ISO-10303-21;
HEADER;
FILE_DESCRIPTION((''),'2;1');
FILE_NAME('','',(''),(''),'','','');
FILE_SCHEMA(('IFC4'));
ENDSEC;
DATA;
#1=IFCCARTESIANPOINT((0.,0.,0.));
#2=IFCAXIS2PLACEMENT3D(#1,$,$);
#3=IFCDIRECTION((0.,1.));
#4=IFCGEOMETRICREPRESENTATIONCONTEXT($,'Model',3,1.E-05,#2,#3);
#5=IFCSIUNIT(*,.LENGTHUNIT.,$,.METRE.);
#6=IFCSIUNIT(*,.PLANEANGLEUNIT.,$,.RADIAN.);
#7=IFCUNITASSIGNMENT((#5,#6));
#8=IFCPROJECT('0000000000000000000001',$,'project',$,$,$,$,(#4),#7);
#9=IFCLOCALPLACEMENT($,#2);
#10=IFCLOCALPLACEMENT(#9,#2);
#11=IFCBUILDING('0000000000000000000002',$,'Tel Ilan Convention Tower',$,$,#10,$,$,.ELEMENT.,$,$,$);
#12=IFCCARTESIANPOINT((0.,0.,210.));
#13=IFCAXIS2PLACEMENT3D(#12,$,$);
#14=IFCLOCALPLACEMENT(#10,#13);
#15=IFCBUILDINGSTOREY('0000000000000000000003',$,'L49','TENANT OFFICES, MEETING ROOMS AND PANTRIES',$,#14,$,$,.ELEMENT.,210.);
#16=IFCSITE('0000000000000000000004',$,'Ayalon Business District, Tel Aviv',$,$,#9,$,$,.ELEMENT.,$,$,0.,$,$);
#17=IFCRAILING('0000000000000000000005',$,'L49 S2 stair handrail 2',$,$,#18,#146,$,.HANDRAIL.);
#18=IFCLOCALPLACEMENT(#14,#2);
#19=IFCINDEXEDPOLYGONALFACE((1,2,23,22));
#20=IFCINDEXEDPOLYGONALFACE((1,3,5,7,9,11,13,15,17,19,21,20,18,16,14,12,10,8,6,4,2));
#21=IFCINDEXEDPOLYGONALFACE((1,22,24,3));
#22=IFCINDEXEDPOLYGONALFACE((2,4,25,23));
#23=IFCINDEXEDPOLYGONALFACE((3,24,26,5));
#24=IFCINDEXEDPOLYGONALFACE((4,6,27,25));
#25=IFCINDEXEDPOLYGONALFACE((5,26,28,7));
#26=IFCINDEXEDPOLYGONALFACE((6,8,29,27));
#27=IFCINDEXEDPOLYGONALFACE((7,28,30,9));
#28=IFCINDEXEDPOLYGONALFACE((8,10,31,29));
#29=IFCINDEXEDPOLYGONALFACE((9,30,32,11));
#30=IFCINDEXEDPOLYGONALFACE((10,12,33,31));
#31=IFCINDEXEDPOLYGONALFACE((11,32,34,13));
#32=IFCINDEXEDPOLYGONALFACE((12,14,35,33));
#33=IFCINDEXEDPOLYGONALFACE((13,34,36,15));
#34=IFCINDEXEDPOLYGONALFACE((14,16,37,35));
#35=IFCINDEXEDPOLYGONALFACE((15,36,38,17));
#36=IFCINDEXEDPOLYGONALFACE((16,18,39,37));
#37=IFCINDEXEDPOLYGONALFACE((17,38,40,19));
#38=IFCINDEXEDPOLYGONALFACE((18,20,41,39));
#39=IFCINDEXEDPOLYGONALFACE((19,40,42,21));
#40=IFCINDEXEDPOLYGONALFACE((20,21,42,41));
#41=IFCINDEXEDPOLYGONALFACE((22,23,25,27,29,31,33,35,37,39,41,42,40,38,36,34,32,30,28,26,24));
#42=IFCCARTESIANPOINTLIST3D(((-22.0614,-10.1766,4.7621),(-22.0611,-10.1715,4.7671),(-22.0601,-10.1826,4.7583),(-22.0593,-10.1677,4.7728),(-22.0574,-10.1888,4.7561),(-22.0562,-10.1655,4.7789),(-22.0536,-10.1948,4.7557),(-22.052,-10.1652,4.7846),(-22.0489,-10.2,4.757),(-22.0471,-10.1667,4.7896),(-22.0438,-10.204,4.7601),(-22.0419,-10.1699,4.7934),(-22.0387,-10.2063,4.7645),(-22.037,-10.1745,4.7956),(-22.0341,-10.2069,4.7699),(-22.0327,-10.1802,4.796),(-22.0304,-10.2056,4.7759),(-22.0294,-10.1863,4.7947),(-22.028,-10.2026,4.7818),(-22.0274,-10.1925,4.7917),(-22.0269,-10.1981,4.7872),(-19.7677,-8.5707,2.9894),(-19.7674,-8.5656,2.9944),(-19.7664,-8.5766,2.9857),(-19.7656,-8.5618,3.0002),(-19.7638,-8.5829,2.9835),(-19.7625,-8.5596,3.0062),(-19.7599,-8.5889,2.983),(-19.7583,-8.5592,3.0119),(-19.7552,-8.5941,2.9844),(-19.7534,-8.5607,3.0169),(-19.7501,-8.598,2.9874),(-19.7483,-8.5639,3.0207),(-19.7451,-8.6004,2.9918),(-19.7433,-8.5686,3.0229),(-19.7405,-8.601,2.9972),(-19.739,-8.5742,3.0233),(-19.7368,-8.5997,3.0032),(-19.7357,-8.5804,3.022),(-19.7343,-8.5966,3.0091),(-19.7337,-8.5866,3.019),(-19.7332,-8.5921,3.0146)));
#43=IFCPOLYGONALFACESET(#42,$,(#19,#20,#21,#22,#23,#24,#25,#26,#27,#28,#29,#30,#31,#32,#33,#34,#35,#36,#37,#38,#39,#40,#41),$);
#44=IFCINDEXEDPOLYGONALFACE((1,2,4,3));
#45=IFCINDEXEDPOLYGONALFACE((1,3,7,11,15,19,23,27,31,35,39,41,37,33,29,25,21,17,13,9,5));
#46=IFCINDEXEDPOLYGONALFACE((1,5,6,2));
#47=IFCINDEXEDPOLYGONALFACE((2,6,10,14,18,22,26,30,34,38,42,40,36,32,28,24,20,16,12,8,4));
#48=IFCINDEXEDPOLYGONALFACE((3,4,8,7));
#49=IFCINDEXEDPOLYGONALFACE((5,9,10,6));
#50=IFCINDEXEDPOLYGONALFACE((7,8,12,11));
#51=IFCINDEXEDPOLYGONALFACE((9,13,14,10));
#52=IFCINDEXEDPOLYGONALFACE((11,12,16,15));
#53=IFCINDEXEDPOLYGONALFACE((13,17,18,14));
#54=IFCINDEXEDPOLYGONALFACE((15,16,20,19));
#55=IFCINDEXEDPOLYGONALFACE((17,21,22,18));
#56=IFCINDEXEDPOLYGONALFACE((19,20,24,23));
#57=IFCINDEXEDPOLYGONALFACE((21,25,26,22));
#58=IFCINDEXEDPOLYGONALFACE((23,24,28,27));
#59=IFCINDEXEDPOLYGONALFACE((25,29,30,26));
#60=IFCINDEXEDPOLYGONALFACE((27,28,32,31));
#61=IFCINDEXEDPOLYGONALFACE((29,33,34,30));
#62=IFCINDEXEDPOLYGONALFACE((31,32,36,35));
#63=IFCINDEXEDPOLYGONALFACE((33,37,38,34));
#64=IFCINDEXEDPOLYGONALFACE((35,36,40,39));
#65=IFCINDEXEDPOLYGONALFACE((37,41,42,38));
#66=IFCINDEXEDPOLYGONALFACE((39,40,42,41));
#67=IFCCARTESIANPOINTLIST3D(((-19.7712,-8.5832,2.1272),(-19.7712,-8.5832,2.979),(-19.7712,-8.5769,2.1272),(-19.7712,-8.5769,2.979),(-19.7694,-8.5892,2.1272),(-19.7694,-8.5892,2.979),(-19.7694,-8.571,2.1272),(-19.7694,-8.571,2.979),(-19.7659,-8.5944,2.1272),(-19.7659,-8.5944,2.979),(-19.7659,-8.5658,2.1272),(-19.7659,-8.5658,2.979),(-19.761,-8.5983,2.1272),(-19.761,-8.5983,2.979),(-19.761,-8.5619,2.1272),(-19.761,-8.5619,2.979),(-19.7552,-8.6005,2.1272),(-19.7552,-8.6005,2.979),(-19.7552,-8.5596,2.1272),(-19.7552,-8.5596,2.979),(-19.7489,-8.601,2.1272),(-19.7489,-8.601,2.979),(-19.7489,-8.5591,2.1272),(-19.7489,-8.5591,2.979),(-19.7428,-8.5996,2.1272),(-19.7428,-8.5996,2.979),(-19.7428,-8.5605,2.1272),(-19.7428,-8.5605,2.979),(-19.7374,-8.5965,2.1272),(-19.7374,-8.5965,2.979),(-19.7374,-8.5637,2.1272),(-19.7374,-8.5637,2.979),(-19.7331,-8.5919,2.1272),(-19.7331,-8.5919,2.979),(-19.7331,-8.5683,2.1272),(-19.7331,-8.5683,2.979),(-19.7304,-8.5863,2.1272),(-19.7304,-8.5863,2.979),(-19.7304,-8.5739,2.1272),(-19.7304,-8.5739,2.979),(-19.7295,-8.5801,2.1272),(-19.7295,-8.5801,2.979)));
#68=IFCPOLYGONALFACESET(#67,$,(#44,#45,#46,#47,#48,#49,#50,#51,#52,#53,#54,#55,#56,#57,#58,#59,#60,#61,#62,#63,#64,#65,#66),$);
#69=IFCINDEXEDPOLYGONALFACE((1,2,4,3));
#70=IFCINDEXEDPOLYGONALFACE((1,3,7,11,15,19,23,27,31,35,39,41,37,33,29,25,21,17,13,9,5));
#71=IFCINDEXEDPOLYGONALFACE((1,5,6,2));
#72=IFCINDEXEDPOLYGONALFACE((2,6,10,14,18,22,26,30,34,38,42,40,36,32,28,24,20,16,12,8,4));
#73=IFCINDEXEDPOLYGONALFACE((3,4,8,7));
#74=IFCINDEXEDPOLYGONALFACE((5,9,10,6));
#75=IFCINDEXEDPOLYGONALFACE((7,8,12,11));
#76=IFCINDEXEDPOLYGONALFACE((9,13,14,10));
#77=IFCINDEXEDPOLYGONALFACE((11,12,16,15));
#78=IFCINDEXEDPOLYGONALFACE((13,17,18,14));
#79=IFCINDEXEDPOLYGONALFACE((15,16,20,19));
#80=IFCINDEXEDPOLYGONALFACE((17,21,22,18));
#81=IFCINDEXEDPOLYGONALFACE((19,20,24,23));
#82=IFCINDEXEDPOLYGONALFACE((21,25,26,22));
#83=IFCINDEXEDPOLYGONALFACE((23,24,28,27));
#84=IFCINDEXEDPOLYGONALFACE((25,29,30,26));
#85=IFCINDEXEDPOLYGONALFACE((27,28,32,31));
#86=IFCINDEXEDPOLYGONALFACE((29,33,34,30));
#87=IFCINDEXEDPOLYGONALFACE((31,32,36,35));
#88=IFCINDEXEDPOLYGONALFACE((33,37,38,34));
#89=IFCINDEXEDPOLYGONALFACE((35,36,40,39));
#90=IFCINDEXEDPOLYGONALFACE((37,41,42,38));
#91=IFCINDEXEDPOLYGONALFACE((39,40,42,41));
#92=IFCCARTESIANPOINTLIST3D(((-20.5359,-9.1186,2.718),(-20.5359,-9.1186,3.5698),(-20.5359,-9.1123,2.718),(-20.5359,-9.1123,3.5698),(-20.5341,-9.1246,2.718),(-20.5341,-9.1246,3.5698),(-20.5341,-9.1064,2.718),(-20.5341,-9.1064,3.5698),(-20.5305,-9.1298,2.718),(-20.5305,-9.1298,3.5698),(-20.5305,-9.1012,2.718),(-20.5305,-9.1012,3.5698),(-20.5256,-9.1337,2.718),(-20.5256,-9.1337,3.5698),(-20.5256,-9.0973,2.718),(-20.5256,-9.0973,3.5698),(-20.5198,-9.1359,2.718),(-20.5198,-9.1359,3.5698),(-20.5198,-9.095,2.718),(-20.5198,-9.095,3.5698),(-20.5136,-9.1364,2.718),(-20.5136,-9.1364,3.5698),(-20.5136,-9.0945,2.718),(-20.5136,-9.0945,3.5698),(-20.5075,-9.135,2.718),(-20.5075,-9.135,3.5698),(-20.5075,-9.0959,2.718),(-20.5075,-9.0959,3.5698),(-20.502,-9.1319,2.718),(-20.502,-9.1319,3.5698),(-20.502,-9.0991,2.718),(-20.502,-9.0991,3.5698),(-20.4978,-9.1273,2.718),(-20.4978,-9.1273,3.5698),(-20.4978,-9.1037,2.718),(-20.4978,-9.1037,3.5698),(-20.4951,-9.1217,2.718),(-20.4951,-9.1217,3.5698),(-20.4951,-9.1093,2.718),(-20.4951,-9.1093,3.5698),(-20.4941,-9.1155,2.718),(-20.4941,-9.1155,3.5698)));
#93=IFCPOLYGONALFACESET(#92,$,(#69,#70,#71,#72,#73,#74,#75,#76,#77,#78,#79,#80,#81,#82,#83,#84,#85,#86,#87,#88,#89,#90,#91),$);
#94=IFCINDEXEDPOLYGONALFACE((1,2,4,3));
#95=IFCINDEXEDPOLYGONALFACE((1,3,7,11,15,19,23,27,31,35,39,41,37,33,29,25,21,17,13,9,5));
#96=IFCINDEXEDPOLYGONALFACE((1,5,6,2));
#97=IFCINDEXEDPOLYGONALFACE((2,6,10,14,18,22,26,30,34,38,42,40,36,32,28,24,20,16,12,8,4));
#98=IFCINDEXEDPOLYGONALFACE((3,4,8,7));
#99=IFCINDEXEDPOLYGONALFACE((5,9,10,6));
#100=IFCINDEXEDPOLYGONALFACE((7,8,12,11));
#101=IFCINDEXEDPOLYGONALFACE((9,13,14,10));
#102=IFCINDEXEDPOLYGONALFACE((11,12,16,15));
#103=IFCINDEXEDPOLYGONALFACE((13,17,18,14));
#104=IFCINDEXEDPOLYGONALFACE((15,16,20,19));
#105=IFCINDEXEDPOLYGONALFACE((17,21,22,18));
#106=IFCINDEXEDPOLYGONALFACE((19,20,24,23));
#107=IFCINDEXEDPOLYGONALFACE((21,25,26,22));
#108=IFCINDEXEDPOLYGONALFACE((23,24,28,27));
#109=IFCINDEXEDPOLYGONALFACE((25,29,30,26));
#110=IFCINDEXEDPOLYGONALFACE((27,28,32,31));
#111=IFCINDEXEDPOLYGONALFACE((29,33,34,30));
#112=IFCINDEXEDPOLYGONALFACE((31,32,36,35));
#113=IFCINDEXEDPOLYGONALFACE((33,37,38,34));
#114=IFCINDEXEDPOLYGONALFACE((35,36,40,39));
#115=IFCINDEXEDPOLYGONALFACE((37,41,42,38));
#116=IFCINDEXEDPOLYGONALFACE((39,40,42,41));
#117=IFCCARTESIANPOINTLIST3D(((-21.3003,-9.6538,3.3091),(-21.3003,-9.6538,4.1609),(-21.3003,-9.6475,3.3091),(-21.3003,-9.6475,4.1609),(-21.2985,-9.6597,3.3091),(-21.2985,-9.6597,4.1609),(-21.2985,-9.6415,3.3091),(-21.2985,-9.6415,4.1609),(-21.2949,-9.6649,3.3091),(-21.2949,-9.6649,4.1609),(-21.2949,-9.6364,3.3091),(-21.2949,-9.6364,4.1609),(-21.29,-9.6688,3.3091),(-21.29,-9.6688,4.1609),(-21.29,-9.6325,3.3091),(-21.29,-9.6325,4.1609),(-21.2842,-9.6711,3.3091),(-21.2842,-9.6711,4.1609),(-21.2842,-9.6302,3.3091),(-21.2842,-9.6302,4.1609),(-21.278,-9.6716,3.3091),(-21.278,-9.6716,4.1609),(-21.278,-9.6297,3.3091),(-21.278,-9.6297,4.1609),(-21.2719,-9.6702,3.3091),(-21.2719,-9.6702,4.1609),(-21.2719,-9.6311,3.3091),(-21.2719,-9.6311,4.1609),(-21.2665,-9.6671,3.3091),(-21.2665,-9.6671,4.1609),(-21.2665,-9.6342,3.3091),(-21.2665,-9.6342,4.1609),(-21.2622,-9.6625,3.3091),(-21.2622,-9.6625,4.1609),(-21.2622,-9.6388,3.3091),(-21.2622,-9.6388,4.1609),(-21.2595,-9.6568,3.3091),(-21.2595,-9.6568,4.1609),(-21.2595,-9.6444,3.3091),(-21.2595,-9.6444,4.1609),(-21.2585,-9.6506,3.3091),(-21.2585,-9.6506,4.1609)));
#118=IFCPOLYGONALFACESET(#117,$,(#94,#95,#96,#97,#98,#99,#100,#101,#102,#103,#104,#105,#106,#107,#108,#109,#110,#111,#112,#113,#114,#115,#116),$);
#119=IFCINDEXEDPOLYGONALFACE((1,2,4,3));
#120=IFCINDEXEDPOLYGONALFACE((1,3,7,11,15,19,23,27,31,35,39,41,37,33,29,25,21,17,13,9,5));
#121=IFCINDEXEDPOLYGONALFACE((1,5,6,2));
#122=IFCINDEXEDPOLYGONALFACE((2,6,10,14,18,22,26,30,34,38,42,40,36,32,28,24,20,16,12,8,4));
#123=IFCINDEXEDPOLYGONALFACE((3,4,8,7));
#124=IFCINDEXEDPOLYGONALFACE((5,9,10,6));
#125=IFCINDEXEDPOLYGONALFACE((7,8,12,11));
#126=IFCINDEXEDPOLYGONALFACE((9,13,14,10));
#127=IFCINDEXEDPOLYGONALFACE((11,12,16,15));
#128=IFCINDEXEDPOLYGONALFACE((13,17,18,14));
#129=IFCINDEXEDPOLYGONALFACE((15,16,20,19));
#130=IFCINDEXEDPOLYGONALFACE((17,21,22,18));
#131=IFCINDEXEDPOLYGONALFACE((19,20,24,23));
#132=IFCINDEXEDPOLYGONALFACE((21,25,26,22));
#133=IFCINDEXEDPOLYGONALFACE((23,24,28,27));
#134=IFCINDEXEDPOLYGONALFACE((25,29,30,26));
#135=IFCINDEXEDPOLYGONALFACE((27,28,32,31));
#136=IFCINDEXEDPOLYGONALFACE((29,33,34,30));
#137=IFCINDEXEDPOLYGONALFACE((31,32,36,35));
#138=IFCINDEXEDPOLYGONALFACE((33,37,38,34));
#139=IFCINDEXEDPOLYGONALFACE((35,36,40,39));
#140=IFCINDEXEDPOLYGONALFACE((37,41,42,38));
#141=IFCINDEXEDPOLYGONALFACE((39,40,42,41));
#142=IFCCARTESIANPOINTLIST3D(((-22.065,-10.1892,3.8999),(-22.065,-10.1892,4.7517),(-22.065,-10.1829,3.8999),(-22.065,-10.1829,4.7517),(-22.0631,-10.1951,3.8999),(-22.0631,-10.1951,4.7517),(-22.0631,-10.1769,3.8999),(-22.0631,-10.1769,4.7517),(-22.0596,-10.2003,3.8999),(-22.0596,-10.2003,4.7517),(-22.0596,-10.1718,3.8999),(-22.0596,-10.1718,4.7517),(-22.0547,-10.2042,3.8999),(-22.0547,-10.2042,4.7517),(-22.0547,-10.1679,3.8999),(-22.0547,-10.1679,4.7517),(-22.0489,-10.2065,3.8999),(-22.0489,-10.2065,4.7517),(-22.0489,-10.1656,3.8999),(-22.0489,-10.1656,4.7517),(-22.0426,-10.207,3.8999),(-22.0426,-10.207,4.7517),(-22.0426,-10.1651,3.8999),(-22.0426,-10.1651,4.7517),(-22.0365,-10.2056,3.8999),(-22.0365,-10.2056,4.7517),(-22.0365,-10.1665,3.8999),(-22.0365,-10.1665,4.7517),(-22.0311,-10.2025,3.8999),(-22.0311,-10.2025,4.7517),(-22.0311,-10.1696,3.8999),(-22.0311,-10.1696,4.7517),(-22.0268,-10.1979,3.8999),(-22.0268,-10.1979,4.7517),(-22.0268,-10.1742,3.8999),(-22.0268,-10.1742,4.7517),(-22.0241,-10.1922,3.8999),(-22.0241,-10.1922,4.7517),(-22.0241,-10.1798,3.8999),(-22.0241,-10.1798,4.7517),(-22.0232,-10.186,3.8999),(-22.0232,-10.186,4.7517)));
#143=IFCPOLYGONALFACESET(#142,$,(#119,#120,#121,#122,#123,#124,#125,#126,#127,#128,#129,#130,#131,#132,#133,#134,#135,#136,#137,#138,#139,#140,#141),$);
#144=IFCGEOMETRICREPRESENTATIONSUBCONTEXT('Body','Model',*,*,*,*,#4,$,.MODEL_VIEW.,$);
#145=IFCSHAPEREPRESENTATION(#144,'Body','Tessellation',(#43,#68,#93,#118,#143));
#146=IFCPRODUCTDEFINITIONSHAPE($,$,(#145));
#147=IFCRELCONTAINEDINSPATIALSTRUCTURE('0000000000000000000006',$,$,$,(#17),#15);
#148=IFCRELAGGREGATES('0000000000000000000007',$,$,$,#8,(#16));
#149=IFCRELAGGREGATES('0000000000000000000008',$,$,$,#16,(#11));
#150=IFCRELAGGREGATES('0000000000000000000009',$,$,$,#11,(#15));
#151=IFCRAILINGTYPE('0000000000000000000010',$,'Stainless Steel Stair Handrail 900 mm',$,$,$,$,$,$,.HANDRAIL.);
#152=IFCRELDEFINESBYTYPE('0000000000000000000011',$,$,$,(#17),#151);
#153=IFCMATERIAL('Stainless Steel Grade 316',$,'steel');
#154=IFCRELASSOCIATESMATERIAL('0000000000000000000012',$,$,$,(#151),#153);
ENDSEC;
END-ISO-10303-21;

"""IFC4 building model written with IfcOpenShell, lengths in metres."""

from ifc_helpers import new_model, si_unit, direction, frame, origin, origin_2d, place, context, subcontext, project, spatial, circle, extrude, material, type_object, element, save


model = new_model("IFC4")

# Units and contexts
model_context = context("Model", 3, precision=1e-05, world=origin(), true_north=direction((0.0, 1.0)))
body_context = subcontext(model_context, "Body", "Model", "MODEL_VIEW")
ifc_project = project(units=[si_unit("LENGTHUNIT", "METRE"), si_unit("PLANEANGLEUNIT", "RADIAN")], contexts=[model_context])

# Site, building, storey
site_placement = place(None, origin())
site = spatial("IfcSite", under=ifc_project, at=site_placement, Name="Ayalon Business District, Tel Aviv", CompositionType="ELEMENT", RefElevation=0.0)
building_placement = place(site_placement, origin())
building = spatial("IfcBuilding", under=site, at=building_placement, Name="Tel Ilan Convention Tower", CompositionType="ELEMENT")
storey_placement = place(building_placement, frame((0.0, 0.0, 210.0)))
storey = spatial("IfcBuildingStorey", under=building, at=storey_placement, Name="L49", Description="TENANT OFFICES, MEETING ROOMS AND PANTRIES", CompositionType="ELEMENT", Elevation=210.0)

# Railing
ifc_material_1 = material(Name="Stainless Steel Grade 316", Category="steel")
railing_type_1 = type_object("IfcRailingType", Name="Stainless Steel Stair Handrail 900 mm", PredefinedType="HANDRAIL", material=ifc_material_1)
for number, where, name in (
    (1, (-19.7505, -8.5801, 2.1272), "L49 S2 stair handrail 2"),
):
    element("IfcRailing", number, at=place(storey_placement, frame(where)), inside=storey, type_object=railing_type_1, Name=name, PredefinedType="HANDRAIL", context=body_context, shape_type="SweptSolid", body=[
        extrude(circle(Radius=0.0239, at=origin_2d()), frame((0.0, 0.0, 0.876), z_axis=(-0.692123, -0.484597, 0.534913), x_axis=(0.57355, -0.81917, 0.0)), (0.0, 0.0, 1.0), 3.314),
        extrude(circle(Radius=0.021, at=origin_2d()), origin(), (0.0, 0.0, 1.0), 0.8518),
        extrude(circle(Radius=0.021, at=origin_2d()), frame((-0.7646, -0.5354, 0.5908)), (0.0, 0.0, 1.0), 0.8518),
        extrude(circle(Radius=0.021, at=origin_2d()), frame((-1.5291, -1.0706, 1.1819)), (0.0, 0.0, 1.0), 0.8518),
        extrude(circle(Radius=0.021, at=origin_2d()), frame((-2.2937, -1.606, 1.7727)), (0.0, 0.0, 1.0), 0.8518),
    ])

save(model, "model.ifc")
